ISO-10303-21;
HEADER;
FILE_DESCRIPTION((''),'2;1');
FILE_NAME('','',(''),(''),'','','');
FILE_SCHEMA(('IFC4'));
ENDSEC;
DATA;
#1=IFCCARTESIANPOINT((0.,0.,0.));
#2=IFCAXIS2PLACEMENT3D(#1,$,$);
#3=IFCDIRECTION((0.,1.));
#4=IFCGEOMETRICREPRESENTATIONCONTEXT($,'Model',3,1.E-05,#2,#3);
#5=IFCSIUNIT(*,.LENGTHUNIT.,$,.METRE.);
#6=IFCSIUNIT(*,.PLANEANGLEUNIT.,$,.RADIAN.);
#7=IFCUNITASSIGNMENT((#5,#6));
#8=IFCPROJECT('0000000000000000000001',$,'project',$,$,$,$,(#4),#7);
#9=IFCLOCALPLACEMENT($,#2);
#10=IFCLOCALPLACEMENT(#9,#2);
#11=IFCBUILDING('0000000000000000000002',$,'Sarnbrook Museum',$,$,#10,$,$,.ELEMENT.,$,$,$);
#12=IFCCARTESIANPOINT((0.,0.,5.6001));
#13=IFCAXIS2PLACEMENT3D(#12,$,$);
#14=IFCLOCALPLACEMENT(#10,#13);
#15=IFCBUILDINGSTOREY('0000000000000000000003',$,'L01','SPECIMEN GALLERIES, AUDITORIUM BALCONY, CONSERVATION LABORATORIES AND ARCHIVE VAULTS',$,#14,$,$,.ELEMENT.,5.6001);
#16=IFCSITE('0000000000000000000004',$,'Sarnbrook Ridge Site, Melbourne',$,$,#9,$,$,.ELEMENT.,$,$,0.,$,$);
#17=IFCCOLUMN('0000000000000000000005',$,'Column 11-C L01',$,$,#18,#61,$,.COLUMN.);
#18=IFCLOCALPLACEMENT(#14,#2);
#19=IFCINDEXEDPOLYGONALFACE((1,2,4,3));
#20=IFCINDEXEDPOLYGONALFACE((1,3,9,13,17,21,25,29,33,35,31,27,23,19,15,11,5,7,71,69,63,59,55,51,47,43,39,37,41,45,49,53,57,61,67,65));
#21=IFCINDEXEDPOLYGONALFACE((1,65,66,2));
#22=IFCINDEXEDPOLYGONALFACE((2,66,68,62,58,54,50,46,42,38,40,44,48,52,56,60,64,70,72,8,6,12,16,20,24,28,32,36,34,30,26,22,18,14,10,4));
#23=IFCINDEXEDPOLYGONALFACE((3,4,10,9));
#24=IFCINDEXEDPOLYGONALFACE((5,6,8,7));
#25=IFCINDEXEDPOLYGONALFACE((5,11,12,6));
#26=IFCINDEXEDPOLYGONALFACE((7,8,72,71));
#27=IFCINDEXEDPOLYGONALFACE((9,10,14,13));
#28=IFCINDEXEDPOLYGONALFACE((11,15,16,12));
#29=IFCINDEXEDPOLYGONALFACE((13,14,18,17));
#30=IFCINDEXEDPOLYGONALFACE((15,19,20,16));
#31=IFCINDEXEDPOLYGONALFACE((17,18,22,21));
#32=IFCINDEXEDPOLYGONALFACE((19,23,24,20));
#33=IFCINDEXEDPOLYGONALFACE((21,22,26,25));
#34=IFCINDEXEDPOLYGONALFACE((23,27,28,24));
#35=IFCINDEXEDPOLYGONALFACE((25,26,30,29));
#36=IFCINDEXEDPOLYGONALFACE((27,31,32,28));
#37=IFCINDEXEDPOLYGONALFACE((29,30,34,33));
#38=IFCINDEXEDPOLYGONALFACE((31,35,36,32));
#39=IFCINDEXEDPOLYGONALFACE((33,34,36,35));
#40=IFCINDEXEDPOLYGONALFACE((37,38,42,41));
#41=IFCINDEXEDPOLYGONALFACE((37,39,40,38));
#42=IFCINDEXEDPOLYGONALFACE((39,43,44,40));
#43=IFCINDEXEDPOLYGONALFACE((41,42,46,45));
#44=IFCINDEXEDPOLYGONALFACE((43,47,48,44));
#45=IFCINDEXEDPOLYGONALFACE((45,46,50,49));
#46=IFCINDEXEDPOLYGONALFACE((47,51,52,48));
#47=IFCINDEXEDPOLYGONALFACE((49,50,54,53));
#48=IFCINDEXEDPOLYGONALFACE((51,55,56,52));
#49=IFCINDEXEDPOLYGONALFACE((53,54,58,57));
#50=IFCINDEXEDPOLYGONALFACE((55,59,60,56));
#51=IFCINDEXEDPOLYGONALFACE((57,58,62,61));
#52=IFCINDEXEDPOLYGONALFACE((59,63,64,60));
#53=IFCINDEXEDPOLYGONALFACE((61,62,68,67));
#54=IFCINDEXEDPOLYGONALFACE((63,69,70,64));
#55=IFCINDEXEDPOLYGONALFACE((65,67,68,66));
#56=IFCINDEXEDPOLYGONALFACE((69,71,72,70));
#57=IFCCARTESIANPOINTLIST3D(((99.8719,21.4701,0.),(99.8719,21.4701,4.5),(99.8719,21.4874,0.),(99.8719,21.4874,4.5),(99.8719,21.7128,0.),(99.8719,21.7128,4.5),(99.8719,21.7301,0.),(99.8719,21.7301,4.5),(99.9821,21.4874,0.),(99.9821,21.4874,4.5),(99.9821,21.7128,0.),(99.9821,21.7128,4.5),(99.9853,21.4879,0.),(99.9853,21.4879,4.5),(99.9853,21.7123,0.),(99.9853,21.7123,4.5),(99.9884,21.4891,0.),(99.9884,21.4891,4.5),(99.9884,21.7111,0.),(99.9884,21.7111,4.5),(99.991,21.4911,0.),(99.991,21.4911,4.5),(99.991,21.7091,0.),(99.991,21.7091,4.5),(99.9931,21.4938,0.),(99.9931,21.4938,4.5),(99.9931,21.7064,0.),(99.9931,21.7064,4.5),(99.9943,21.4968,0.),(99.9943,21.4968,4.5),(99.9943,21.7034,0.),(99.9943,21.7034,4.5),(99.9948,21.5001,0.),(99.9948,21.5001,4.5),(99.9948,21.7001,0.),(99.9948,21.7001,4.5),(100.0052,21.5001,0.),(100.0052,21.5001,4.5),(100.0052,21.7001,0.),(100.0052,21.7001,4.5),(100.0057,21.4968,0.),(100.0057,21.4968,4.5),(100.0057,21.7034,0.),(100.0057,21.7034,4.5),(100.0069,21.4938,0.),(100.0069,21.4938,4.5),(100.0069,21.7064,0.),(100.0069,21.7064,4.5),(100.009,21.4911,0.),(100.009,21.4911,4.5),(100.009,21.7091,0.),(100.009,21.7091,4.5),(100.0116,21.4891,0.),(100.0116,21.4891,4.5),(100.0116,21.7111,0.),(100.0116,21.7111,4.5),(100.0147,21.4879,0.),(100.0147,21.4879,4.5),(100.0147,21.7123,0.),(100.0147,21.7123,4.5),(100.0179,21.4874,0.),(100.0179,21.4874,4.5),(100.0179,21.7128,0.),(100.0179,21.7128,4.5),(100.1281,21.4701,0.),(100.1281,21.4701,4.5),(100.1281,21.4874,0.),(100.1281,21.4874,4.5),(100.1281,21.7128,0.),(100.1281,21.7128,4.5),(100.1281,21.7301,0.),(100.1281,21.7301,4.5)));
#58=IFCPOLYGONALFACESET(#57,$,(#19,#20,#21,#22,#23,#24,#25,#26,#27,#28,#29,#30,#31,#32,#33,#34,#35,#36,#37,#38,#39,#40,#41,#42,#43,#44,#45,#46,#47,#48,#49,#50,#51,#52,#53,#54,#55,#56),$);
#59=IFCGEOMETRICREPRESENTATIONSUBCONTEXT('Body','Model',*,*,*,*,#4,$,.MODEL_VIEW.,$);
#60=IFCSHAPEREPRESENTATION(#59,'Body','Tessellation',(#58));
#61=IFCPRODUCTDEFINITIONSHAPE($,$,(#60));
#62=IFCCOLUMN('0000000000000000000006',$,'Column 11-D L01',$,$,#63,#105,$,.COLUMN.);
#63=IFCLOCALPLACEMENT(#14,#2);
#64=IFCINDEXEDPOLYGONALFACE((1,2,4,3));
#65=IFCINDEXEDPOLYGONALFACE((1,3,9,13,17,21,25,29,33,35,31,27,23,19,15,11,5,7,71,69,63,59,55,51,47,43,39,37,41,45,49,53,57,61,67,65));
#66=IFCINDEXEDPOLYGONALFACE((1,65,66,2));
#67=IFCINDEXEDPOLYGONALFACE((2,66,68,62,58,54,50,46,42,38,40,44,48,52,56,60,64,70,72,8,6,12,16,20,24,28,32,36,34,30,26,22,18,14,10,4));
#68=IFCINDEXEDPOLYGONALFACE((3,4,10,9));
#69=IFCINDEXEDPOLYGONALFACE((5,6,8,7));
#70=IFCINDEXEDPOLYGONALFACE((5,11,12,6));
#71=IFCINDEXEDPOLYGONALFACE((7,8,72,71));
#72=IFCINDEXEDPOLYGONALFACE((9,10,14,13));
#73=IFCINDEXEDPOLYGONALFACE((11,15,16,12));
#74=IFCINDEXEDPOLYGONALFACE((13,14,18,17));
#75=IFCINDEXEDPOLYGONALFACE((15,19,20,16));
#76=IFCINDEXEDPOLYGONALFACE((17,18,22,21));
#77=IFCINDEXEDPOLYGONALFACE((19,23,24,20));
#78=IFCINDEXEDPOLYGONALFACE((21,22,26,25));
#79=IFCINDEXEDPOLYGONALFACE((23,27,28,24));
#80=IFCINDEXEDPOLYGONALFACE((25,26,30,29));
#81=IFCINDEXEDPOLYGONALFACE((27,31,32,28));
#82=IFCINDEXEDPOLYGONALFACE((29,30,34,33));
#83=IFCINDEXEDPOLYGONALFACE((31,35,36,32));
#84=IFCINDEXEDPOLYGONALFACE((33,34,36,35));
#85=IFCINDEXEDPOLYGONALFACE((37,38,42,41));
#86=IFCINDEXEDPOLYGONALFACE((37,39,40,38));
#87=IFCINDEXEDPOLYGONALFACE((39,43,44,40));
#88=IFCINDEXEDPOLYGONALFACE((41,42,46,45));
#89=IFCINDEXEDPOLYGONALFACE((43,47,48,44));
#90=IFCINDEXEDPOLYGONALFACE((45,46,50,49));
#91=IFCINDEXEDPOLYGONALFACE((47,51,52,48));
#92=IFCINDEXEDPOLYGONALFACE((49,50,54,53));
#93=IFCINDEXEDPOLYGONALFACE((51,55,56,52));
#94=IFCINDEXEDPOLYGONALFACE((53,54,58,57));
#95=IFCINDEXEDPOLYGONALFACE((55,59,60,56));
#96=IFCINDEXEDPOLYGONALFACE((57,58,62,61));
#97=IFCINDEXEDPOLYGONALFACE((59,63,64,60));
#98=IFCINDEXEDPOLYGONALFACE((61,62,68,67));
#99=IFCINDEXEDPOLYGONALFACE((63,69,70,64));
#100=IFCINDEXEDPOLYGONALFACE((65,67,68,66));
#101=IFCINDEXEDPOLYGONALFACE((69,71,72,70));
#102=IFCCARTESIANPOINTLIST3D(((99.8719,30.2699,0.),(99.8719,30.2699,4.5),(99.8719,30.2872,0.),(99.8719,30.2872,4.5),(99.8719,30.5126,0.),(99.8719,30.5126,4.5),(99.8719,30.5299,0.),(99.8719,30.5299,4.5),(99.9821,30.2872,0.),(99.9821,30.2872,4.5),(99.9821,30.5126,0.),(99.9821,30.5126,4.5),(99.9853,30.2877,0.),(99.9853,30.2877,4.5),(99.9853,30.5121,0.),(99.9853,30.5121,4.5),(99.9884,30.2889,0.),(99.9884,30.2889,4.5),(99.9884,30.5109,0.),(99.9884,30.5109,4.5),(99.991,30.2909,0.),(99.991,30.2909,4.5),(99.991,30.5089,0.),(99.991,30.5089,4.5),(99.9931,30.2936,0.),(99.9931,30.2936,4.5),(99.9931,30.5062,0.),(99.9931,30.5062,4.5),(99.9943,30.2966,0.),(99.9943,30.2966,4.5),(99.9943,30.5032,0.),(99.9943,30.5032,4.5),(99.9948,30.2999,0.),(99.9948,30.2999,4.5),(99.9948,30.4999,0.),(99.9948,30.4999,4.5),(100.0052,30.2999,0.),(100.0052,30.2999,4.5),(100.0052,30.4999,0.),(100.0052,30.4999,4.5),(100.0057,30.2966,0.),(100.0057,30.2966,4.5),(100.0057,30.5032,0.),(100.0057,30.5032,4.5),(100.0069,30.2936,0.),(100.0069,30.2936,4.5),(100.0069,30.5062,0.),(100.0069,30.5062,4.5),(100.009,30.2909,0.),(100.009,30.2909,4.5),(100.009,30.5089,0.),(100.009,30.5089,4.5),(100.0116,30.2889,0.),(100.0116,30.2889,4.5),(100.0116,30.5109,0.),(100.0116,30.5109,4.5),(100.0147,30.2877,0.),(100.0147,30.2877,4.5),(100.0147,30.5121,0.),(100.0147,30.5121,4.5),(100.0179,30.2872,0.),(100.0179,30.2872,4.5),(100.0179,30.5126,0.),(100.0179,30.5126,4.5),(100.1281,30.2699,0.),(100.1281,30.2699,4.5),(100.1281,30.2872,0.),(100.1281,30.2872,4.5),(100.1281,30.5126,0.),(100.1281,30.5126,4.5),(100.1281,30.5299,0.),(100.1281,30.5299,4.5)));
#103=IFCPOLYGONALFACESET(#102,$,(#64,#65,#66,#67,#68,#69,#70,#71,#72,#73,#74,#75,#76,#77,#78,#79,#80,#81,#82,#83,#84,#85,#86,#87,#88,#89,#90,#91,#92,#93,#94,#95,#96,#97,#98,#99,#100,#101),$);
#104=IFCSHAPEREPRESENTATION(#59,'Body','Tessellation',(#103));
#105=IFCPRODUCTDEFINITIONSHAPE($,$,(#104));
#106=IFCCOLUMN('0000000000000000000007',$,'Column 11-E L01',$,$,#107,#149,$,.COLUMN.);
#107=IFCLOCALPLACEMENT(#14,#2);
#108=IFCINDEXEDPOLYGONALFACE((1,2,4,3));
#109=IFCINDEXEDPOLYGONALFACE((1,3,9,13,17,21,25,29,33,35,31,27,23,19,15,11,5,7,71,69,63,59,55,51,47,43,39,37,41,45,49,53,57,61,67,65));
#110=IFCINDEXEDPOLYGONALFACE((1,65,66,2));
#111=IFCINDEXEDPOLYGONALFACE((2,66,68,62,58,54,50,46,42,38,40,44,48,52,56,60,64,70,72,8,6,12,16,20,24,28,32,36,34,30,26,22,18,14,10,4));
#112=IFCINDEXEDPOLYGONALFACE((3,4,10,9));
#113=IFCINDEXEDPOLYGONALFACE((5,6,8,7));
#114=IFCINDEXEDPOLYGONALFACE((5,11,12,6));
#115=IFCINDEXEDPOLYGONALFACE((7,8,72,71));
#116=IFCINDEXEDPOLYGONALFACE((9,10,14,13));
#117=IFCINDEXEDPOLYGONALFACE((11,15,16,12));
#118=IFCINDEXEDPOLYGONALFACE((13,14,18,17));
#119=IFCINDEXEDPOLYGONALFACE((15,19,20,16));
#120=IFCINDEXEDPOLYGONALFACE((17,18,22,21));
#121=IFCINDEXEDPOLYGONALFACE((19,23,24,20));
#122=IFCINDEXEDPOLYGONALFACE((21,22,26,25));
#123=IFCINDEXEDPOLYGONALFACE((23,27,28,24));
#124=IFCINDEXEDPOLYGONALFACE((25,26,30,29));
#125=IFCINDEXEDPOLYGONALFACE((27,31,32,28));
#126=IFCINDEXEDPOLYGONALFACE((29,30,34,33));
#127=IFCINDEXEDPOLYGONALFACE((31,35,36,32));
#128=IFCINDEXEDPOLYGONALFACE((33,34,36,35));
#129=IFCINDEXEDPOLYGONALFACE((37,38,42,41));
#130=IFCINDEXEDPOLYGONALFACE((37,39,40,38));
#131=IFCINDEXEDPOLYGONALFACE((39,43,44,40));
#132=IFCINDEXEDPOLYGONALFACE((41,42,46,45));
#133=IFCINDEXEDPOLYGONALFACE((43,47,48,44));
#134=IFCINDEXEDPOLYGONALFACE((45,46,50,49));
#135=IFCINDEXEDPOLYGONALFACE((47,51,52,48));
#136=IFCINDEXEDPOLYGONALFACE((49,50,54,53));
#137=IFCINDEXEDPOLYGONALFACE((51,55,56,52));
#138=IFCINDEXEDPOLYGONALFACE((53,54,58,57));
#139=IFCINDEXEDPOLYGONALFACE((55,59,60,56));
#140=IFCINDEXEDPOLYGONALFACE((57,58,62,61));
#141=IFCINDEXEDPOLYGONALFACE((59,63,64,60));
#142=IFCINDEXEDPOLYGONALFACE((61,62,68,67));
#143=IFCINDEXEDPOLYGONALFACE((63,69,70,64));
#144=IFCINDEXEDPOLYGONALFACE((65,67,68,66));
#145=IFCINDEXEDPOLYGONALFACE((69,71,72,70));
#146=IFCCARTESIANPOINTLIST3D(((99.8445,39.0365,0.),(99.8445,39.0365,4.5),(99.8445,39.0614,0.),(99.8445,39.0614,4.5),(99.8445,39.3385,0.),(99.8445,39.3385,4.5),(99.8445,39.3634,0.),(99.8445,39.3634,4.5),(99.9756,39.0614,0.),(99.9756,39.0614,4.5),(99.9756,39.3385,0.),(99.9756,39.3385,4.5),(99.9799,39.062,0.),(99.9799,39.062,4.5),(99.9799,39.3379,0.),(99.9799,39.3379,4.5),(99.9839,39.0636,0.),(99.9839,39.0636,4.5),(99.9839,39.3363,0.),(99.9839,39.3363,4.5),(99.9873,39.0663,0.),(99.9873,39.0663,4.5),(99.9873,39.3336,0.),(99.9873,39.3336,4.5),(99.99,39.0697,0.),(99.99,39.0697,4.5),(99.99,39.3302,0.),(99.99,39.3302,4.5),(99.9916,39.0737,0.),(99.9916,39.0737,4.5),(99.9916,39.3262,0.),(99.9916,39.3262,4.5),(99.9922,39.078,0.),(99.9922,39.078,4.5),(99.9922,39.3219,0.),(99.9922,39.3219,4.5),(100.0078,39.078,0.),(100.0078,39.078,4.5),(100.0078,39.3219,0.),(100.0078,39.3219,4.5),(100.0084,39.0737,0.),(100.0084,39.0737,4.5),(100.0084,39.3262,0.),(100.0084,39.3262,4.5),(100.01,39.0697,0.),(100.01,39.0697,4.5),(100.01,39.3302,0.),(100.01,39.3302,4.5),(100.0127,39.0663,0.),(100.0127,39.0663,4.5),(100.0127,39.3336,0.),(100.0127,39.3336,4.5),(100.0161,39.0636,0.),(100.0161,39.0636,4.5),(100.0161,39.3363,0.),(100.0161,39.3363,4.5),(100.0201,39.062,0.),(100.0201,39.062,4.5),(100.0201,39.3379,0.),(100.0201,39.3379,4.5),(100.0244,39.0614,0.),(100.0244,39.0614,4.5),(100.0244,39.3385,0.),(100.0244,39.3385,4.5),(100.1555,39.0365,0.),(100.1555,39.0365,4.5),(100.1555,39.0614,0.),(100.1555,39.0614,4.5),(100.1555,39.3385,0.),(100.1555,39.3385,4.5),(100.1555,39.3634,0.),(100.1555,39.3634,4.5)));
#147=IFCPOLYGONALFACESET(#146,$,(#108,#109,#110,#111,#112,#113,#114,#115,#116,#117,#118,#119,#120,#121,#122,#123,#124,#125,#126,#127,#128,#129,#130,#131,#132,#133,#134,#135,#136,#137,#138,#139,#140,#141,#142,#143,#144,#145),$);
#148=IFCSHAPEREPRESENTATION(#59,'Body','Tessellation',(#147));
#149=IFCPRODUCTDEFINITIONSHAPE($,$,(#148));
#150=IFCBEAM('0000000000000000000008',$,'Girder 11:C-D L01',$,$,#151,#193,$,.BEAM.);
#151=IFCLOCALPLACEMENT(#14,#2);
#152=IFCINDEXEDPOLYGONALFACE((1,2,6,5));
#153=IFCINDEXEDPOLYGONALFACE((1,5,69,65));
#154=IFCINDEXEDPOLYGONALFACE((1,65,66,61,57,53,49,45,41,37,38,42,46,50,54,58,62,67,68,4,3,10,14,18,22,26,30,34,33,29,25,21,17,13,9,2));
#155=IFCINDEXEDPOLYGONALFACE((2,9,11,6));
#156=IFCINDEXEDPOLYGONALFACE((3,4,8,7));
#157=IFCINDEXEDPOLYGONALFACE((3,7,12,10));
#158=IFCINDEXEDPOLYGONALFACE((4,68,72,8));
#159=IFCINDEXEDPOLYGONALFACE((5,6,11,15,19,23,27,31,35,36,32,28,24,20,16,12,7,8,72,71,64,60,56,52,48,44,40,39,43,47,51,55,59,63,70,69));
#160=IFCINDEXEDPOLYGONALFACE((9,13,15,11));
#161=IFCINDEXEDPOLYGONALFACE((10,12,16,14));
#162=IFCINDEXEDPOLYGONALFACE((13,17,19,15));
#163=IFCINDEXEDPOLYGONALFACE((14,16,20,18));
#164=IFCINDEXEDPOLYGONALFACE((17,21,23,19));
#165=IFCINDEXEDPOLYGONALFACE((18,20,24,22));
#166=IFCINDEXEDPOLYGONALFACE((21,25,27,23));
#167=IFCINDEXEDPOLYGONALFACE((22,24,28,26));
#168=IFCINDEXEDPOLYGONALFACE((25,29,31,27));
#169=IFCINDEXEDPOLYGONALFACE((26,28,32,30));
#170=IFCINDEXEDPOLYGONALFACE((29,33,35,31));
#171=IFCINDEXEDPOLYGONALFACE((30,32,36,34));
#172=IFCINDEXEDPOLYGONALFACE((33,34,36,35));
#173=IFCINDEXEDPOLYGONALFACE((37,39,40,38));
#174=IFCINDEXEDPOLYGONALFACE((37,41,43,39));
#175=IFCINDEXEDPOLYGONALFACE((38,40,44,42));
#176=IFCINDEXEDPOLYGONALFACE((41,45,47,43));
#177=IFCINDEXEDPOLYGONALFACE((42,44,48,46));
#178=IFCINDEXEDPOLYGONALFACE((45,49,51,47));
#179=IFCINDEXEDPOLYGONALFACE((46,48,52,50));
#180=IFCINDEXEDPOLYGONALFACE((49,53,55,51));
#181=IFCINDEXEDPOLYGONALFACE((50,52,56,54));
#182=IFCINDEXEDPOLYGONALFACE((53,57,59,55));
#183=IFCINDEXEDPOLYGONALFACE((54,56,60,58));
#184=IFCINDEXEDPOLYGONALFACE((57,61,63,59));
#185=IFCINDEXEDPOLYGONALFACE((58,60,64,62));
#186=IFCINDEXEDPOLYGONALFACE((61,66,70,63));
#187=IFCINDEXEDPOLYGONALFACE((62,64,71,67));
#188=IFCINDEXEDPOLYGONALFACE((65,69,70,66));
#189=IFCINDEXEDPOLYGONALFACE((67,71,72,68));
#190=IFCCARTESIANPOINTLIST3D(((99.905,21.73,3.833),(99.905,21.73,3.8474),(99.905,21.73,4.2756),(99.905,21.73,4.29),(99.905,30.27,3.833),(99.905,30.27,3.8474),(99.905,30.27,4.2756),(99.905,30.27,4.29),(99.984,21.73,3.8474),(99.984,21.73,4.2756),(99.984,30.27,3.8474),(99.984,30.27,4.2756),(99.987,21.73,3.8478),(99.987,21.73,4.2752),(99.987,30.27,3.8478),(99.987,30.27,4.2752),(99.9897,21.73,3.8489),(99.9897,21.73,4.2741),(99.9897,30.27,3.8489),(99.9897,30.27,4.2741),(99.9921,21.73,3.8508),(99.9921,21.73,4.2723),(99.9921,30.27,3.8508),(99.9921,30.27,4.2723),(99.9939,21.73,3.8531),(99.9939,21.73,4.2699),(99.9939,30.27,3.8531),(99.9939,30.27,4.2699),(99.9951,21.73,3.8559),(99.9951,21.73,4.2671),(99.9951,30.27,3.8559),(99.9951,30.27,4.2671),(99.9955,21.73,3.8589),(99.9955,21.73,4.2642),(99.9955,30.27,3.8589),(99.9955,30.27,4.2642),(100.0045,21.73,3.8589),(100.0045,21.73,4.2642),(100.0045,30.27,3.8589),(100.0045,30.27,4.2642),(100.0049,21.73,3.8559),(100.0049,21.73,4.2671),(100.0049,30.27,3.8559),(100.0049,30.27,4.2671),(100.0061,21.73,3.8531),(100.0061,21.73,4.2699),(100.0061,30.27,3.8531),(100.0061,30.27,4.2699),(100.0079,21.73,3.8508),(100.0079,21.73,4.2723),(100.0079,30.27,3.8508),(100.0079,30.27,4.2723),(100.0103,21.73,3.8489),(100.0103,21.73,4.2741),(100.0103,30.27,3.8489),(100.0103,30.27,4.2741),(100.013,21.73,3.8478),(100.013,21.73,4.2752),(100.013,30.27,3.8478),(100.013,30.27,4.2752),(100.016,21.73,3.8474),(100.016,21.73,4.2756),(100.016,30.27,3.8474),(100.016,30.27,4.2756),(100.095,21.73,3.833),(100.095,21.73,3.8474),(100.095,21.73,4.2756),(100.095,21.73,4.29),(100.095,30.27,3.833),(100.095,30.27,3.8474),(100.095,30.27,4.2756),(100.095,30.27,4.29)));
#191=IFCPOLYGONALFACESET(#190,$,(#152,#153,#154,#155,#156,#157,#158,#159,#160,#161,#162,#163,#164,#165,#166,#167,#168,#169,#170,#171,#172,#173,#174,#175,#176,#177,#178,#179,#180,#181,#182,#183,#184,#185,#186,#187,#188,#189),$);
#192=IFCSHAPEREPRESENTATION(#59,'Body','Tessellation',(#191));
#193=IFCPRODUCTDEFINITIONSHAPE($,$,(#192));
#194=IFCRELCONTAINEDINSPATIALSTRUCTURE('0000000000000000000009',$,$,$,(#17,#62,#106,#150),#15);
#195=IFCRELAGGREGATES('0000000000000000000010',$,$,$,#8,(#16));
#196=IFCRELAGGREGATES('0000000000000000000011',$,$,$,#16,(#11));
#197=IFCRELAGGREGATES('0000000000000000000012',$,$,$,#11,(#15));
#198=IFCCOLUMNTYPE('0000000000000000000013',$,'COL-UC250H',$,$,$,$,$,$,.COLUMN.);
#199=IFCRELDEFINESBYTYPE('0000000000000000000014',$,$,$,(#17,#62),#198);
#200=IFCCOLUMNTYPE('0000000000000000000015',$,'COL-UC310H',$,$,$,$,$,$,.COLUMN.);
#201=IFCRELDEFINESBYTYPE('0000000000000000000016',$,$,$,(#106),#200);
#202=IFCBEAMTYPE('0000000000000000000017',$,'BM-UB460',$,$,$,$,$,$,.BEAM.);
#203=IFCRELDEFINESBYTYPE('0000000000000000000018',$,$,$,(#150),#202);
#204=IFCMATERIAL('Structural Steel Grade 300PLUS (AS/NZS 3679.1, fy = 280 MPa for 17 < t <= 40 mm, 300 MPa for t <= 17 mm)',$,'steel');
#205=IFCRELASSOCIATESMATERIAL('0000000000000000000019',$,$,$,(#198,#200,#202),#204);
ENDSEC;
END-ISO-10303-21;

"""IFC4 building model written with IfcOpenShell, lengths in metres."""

from ifc_helpers import new_model, si_unit, direction, frame, origin, origin_2d, place, context, subcontext, project, spatial, i_section, extrude, material, material_profile, profile_set, type_object, element, save


model = new_model("IFC4")

# Units and contexts
model_context = context("Model", 3, precision=1e-05, world=origin(), true_north=direction((0.0, 1.0)))
body_context = subcontext(model_context, "Body", "Model", "MODEL_VIEW")
ifc_project = project(units=[si_unit("LENGTHUNIT", "METRE"), si_unit("PLANEANGLEUNIT", "RADIAN")], contexts=[model_context])

# Site, building, storey
site_placement = place(None, origin())
site = spatial("IfcSite", under=ifc_project, at=site_placement, Name="Sarnbrook Ridge Site, Melbourne", CompositionType="ELEMENT", RefElevation=0.0)
building_placement = place(site_placement, origin())
building = spatial("IfcBuilding", under=site, at=building_placement, Name="Sarnbrook Museum", CompositionType="ELEMENT")
storey_placement = place(building_placement, frame((0.0, 0.0, 5.6001)))
storey = spatial("IfcBuildingStorey", under=building, at=storey_placement, Name="L01", Description="SPECIMEN GALLERIES, AUDITORIUM BALCONY, CONSERVATION LABORATORIES AND ARCHIVE VAULTS", CompositionType="ELEMENT", Elevation=5.6001)

# Columns
ifc_material_1 = material(Name="Structural Steel Grade 300PLUS (AS/NZS 3679.1, fy = 280 MPa for 17 < t <= 40 mm, 300 MPa for t <= 17 mm)", Category="steel")
ifc_material_profile_1 = material_profile(ifc_material_1, i_section(OverallWidth=0.2561, OverallDepth=0.26, WebThickness=0.0105, FlangeThickness=0.0173, FilletRadius=0.0127, at=origin_2d()), Name="250UC89.5")
ifc_profile_set_1 = profile_set([ifc_material_profile_1], Name="Structural Steel Grade 300PLUS (AS/NZS 3679.1, fy = 280 MPa for 17 < t <= 40 mm, 300 MPa for t <= 17 mm)")
column_type_1 = type_object("IfcColumnType", Name="COL-UC250H", PredefinedType="COLUMN", material=ifc_profile_set_1)
for number, where, z_axis, x_axis, name in (
    (1, (100.0, 21.6001, 0.0), (0.0, 0.0, 1.0), (1.0, 0.0, 0.0), "Column 11-C L01"),
    (2, (100.0, 30.3999, 0.0), (0.0, 0.0, 1.0), (1.0, 0.0, 0.0), "Column 11-D L01"),
):
    element("IfcColumn", number, at=place(storey_placement, frame(where, z_axis=z_axis, x_axis=x_axis)), inside=storey, type_object=column_type_1, Name=name, PredefinedType="COLUMN", context=body_context, shape_type="SweptSolid", body=[
        extrude(i_section(OverallWidth=0.2561, OverallDepth=0.26, WebThickness=0.0105, FlangeThickness=0.0173, FilletRadius=0.0127, at=origin_2d()), origin(), (0.0, 0.0, 1.0), 4.5),
    ])
ifc_material_profile_2 = material_profile(ifc_material_1, i_section(OverallWidth=0.311, OverallDepth=0.3269, WebThickness=0.0156, FlangeThickness=0.0249, FilletRadius=0.0166, at=origin_2d()), Name="310UC158")
ifc_profile_set_2 = profile_set([ifc_material_profile_2], Name="Structural Steel Grade 300PLUS (AS/NZS 3679.1, fy = 280 MPa for 17 < t <= 40 mm, 300 MPa for t <= 17 mm)")
column_type_2 = type_object("IfcColumnType", Name="COL-UC310H", PredefinedType="COLUMN", material=ifc_profile_set_2)
column_placement = place(storey_placement, frame((100.0, 39.2, 0.0), z_axis=(0.0, 0.0, 1.0), x_axis=(1.0, 0.0, 0.0)))
element("IfcColumn", 3, at=column_placement, inside=storey, type_object=column_type_2, Name="Column 11-E L01", PredefinedType="COLUMN", context=body_context, shape_type="SweptSolid", body=[
    extrude(i_section(OverallWidth=0.311, OverallDepth=0.3269, WebThickness=0.0156, FlangeThickness=0.0249, FilletRadius=0.0166, at=origin_2d()), origin(), (0.0, 0.0, 1.0), 4.5),
])

# Beam
ifc_material_profile_3 = material_profile(ifc_material_1, i_section(OverallWidth=0.1899, OverallDepth=0.457, WebThickness=0.009, FlangeThickness=0.0144, FilletRadius=0.0115, at=origin_2d()), Name="460UB74.6")
ifc_profile_set_3 = profile_set([ifc_material_profile_3], Name="Structural Steel Grade 300PLUS (AS/NZS 3679.1, fy = 280 MPa for 17 < t <= 40 mm, 300 MPa for t <= 17 mm)")
beam_type_1 = type_object("IfcBeamType", Name="BM-UB460", PredefinedType="BEAM", material=ifc_profile_set_3)
beam_1_placement = place(storey_placement, frame((100.0, 21.73, 4.0615), z_axis=(0.0, 1.0, 0.0), x_axis=(-1.0, 0.0, 0.0)))
element("IfcBeam", 4, at=beam_1_placement, inside=storey, type_object=beam_type_1, Name="Girder 11:C-D L01", PredefinedType="BEAM", context=body_context, shape_type="SweptSolid", body=[
    extrude(i_section(OverallWidth=0.1899, OverallDepth=0.457, WebThickness=0.009, FlangeThickness=0.0144, FilletRadius=0.0115, at=origin_2d()), origin(), (0.0, 0.0, 1.0), 8.54),
])

save(model, "model.ifc")
